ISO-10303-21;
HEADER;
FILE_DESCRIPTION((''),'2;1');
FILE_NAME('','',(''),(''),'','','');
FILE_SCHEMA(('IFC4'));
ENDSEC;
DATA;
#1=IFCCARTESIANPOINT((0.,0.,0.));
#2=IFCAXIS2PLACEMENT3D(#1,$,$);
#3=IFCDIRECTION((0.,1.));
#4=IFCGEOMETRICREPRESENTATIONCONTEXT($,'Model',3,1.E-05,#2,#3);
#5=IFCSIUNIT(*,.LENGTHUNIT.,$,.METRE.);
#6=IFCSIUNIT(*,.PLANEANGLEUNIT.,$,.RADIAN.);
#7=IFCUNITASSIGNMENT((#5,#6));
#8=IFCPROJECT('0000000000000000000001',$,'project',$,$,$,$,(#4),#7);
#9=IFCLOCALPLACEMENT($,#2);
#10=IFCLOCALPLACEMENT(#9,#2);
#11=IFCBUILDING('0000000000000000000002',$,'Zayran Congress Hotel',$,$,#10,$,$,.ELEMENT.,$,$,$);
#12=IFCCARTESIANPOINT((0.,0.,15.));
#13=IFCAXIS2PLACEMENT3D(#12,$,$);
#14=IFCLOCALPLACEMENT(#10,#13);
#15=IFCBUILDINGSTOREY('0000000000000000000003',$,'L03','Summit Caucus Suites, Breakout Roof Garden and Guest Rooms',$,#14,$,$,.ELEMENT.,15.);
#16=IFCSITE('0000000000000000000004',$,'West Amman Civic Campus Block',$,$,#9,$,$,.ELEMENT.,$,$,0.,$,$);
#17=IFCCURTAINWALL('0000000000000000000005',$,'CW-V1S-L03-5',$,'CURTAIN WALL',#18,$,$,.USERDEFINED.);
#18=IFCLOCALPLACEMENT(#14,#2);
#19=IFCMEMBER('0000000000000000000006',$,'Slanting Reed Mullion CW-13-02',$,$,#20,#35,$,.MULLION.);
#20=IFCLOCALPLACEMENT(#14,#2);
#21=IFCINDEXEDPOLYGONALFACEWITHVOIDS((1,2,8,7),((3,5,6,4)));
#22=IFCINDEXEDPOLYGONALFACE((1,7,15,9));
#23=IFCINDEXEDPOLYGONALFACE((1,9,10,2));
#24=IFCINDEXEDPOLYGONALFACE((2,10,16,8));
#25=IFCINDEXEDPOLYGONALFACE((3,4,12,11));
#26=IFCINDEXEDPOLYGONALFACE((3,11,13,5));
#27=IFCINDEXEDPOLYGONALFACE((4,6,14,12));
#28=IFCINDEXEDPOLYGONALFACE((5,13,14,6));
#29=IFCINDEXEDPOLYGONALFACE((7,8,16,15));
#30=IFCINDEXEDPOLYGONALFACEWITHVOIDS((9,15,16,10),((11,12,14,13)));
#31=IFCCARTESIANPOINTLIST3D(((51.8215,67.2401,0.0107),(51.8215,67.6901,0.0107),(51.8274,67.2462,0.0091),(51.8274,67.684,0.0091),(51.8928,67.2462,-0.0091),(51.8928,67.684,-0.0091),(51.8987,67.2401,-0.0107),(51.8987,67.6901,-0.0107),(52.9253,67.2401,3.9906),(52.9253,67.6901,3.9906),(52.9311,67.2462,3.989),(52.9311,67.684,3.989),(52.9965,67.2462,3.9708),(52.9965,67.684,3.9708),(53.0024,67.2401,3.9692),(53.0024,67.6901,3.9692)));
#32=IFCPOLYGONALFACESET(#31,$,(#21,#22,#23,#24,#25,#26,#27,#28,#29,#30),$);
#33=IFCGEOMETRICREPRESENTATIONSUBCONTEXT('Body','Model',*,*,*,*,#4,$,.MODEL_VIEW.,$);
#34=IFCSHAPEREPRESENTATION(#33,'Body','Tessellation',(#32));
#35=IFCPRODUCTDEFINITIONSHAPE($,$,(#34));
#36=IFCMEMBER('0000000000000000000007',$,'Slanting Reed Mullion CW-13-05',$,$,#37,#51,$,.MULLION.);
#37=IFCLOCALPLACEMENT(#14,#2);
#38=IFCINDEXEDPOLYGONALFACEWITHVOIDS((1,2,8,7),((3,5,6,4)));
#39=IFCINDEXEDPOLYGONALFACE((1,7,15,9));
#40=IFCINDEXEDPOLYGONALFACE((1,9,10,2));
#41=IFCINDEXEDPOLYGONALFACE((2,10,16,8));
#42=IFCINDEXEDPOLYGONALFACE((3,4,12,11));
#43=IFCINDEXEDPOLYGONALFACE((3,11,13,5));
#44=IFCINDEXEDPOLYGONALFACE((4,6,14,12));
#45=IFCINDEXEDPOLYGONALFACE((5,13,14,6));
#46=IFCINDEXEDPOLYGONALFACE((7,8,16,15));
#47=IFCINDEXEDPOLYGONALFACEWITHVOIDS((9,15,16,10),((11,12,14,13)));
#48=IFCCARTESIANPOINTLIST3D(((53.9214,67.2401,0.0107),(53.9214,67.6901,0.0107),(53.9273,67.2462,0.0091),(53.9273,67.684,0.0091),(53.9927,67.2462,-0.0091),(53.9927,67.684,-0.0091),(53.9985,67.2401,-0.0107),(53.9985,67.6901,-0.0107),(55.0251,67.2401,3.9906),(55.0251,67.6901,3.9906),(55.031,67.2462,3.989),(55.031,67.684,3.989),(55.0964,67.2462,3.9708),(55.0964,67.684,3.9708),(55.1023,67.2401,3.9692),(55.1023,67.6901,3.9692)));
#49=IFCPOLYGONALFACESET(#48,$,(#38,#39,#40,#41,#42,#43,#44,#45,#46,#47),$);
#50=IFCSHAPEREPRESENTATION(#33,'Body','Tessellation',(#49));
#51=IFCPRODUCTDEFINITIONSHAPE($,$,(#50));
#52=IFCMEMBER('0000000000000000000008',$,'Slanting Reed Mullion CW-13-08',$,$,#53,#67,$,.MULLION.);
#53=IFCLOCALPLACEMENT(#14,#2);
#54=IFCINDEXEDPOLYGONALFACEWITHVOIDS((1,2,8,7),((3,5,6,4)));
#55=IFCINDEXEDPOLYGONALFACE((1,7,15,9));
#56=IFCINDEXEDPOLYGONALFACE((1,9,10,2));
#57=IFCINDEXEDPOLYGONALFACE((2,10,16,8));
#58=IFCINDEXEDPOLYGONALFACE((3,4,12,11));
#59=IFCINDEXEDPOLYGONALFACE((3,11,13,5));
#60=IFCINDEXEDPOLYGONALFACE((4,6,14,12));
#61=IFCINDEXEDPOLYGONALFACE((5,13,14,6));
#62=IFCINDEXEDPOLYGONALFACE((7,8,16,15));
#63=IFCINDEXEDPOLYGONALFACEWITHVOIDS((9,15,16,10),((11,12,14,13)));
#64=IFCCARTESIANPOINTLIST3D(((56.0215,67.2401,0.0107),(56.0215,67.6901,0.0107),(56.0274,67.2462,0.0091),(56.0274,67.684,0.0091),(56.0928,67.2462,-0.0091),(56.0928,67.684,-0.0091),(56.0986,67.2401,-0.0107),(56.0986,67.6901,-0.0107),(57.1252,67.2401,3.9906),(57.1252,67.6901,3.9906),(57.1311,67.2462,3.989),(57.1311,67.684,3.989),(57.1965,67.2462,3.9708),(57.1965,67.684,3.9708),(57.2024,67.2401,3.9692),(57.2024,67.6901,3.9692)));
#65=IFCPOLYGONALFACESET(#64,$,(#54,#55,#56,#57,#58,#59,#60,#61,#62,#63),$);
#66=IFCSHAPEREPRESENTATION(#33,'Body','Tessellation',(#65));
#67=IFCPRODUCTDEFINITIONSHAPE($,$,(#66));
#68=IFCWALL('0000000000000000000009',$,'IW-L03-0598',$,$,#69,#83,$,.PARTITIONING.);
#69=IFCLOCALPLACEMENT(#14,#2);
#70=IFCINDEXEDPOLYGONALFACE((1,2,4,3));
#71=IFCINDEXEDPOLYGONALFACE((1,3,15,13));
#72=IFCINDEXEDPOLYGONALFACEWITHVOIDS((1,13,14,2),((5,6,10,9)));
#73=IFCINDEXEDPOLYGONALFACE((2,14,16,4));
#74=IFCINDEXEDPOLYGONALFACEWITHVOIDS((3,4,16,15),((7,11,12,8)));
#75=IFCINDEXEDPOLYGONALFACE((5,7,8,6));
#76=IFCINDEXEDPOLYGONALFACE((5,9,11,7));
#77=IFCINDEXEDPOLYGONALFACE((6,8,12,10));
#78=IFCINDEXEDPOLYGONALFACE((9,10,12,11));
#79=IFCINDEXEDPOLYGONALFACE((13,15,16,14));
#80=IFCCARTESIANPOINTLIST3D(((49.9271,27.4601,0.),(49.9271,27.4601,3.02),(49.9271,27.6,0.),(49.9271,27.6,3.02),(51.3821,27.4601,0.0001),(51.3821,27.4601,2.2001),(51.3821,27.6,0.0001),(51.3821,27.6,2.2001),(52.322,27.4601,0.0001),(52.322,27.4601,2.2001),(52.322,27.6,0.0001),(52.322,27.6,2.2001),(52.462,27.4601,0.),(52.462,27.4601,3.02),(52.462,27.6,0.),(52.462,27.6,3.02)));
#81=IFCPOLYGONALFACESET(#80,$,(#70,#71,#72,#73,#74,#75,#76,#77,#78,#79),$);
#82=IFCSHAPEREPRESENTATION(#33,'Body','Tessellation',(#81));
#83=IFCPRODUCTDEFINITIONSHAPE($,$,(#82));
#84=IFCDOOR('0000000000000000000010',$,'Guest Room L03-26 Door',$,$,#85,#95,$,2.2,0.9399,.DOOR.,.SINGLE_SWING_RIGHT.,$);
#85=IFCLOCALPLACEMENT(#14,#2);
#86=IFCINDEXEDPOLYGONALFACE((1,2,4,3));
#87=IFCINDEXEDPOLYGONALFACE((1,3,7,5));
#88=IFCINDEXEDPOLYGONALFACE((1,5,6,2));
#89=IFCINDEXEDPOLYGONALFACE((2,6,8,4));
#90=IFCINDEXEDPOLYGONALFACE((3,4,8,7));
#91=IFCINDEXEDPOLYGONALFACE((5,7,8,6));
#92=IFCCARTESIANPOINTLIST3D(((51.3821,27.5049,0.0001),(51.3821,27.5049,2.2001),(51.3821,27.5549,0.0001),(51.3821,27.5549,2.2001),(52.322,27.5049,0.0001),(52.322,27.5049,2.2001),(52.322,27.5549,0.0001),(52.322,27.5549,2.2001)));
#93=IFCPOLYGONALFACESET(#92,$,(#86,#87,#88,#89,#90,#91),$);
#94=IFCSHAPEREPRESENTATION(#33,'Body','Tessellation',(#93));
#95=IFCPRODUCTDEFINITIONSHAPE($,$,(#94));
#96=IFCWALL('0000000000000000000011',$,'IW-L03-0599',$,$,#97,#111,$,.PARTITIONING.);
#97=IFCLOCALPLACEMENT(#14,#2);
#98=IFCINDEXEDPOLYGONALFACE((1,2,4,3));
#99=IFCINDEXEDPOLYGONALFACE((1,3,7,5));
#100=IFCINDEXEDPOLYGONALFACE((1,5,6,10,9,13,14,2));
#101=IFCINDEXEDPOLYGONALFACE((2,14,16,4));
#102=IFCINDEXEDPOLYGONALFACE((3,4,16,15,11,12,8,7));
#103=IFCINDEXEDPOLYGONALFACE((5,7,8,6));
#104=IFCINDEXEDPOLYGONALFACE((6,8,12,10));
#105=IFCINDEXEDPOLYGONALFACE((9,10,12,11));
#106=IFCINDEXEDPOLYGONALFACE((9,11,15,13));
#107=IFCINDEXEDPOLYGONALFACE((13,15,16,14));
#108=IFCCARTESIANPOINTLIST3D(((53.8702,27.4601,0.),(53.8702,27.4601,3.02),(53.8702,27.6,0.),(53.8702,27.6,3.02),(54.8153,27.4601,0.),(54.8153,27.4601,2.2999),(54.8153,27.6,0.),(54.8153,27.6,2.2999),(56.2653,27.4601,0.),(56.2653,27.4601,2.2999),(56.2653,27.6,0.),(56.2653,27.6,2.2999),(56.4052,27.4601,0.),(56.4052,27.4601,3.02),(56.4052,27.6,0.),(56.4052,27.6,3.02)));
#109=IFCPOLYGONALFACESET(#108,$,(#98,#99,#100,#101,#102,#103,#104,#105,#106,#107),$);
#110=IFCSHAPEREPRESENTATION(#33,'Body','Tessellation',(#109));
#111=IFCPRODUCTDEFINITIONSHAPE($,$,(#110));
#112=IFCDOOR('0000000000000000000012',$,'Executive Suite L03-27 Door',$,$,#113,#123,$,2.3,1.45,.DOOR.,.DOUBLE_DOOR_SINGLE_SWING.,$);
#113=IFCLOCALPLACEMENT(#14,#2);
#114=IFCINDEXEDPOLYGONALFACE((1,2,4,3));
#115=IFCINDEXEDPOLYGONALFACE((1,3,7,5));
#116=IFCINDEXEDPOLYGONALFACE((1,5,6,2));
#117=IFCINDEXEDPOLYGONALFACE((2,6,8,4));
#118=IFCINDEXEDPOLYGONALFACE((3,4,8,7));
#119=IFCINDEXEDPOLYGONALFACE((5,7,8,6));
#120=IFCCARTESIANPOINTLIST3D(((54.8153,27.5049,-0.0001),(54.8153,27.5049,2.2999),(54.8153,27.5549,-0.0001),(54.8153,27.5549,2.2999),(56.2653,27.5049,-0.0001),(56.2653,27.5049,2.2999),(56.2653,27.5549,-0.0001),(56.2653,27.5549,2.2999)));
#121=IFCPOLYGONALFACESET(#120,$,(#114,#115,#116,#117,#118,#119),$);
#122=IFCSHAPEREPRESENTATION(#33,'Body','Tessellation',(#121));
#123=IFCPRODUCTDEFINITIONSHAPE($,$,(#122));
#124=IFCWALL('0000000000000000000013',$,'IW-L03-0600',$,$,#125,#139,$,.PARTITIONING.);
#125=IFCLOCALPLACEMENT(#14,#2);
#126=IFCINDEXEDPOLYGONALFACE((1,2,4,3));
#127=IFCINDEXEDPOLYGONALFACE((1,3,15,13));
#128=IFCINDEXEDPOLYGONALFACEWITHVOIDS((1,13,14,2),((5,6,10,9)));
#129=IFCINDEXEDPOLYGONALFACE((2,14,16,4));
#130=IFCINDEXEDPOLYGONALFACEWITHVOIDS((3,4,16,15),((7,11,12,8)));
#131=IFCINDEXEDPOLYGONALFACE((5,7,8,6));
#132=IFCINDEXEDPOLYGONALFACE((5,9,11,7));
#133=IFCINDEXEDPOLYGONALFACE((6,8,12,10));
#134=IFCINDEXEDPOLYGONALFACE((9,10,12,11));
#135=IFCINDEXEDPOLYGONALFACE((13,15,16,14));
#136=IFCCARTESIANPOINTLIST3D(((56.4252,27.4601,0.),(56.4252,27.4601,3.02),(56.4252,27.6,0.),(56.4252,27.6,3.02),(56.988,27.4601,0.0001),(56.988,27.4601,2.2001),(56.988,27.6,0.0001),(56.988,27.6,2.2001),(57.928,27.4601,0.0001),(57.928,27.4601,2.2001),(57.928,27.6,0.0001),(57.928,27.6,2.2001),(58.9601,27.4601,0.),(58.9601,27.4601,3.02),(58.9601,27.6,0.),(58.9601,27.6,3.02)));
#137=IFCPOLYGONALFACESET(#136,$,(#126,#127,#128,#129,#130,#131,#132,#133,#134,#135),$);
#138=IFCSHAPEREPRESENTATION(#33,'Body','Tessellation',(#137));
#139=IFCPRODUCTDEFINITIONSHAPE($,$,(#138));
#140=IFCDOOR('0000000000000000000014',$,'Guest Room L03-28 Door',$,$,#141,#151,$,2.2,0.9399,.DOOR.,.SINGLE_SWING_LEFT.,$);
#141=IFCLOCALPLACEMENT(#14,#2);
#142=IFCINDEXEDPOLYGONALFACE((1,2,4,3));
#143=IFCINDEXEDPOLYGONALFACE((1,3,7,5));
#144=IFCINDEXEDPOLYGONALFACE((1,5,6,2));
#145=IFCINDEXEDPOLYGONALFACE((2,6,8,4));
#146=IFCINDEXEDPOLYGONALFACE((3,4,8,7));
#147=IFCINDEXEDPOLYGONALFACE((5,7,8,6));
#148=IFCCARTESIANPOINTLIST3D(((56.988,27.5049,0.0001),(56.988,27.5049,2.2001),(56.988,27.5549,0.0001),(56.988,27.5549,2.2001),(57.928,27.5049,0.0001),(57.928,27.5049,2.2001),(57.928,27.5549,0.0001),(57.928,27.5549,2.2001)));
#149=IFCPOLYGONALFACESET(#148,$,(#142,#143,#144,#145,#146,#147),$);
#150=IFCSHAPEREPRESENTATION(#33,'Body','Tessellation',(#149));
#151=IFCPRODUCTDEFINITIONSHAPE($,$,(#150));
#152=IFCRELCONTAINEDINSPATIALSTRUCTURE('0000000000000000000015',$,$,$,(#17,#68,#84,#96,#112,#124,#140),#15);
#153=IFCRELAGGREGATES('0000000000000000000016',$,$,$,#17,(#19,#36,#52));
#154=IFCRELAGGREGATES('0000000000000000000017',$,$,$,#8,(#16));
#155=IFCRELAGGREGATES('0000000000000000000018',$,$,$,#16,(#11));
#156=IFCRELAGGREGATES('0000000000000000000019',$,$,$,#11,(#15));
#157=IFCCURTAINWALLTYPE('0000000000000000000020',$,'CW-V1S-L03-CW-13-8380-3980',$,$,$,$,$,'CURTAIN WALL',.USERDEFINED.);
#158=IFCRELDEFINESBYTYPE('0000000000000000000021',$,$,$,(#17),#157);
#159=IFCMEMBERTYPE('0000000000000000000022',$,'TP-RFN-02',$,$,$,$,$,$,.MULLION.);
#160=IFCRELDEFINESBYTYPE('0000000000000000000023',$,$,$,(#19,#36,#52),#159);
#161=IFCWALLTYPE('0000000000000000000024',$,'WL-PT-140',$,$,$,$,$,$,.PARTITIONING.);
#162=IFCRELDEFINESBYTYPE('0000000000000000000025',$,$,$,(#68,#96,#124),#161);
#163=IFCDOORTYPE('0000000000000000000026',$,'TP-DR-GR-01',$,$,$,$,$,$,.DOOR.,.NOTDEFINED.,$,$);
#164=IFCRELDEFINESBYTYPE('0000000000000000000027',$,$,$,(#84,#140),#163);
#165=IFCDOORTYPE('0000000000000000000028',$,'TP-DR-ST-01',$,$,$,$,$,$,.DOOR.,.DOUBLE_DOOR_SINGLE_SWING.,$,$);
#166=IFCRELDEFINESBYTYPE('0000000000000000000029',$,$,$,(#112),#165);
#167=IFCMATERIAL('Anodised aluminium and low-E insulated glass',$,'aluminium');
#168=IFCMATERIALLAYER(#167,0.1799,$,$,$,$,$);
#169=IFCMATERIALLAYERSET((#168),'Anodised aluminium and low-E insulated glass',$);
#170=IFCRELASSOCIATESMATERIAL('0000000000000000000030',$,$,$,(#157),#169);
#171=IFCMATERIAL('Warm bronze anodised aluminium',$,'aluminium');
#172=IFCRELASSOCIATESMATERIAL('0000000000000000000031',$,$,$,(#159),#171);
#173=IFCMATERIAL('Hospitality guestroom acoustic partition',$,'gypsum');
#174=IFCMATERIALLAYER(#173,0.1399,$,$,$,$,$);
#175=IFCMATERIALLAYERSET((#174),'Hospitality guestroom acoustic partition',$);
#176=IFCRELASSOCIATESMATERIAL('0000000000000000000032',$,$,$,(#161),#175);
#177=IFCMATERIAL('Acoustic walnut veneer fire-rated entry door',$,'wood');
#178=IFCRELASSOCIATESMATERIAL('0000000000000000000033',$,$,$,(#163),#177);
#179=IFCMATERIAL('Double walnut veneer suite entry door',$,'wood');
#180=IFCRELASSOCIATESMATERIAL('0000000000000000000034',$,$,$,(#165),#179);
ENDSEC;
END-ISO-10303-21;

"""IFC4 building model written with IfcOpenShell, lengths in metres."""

from ifc_helpers import new_model, si_unit, direction, frame, frame_2d, origin, origin_2d, place, context, subcontext, project, spatial, rectangle, hollow_rectangle, extrude, material, layer, layer_set, material_profile, profile_set, type_object, element, fill, aggregate, save


model = new_model("IFC4")

# Units and contexts
model_context = context("Model", 3, precision=1e-05, world=origin(), true_north=direction((0.0, 1.0)))
body_context = subcontext(model_context, "Body", "Model", "MODEL_VIEW")
ifc_project = project(units=[si_unit("LENGTHUNIT", "METRE"), si_unit("PLANEANGLEUNIT", "RADIAN")], contexts=[model_context])

# Site, building, storey
site_placement = place(None, origin())
site = spatial("IfcSite", under=ifc_project, at=site_placement, Name="West Amman Civic Campus Block", CompositionType="ELEMENT", RefElevation=0.0)
building_placement = place(site_placement, origin())
building = spatial("IfcBuilding", under=site, at=building_placement, Name="Zayran Congress Hotel", CompositionType="ELEMENT")
storey_placement = place(building_placement, frame((0.0, 0.0, 15.0)))
storey = spatial("IfcBuildingStorey", under=building, at=storey_placement, Name="L03", Description="Summit Caucus Suites, Breakout Roof Garden and Guest Rooms", CompositionType="ELEMENT", Elevation=15.0)

# Curtain wall
ifc_material_1 = material(Name="Anodised aluminium and low-E insulated glass", Category="aluminium")
ifc_material_2 = material(Name="Warm bronze anodised aluminium", Category="aluminium")
ifc_layer_1 = layer(ifc_material_1, 0.1799)
ifc_layer_set_1 = layer_set([ifc_layer_1], Name="Anodised aluminium and low-E insulated glass")
curtain_wall_type_1 = type_object("IfcCurtainWallType", Name="CW-V1S-L03-CW-13-8380-3980", ElementType="CURTAIN WALL", PredefinedType="USERDEFINED", material=ifc_layer_set_1)
curtain_wall_1_placement = place(storey_placement, origin())
curtain_wall_1 = element("IfcCurtainWall", 1, at=curtain_wall_1_placement, inside=storey, type_object=curtain_wall_type_1, Name="CW-V1S-L03-5", ObjectType="CURTAIN WALL", PredefinedType="USERDEFINED")

# Members
ifc_material_profile_1 = material_profile(ifc_material_2, hollow_rectangle(XDim=0.0801, YDim=0.45, WallThickness=0.0061, at=origin_2d()), Name="RHS 450x80x6")
ifc_profile_set_1 = profile_set([ifc_material_profile_1], Name="Warm bronze anodised aluminium")
member_type_1 = type_object("IfcMemberType", Name="TP-RFN-02", PredefinedType="MULLION", material=ifc_profile_set_1)
member_1_placement = place(storey_placement, frame((51.8601, 67.4651, 0.0), z_axis=(0.267241, 0.0, 0.96363), x_axis=(-0.96363, 0.0, 0.267241)))
member_1 = element("IfcMember", 2, at=member_1_placement, type_object=member_type_1, Name="Slanting Reed Mullion CW-13-02", PredefinedType="MULLION", context=body_context, shape_type="SweptSolid", body=[
    extrude(hollow_rectangle(XDim=0.0801, YDim=0.45, WallThickness=0.0061, at=origin_2d()), origin(), (0.0, 0.0, 1.0), 4.1301),
])
member_2_placement = place(storey_placement, frame((53.96, 67.4651, 0.0), z_axis=(0.267241, 0.0, 0.96363), x_axis=(-0.96363, 0.0, 0.267241)))
member_2 = element("IfcMember", 3, at=member_2_placement, type_object=member_type_1, Name="Slanting Reed Mullion CW-13-05", PredefinedType="MULLION", context=body_context, shape_type="SweptSolid", body=[
    extrude(hollow_rectangle(XDim=0.0801, YDim=0.45, WallThickness=0.0061, at=origin_2d()), origin(), (0.0, 0.0, 1.0), 4.1301),
])
member_3_placement = place(storey_placement, frame((56.0601, 67.4651, 0.0), z_axis=(0.267241, 0.0, 0.96363), x_axis=(-0.96363, 0.0, 0.267241)))
member_3 = element("IfcMember", 4, at=member_3_placement, type_object=member_type_1, Name="Slanting Reed Mullion CW-13-08", PredefinedType="MULLION", context=body_context, shape_type="SweptSolid", body=[
    extrude(hollow_rectangle(XDim=0.0801, YDim=0.45, WallThickness=0.0061, at=origin_2d()), origin(), (0.0, 0.0, 1.0), 4.1301),
])
aggregate(curtain_wall_1, [member_1, member_2, member_3])

# Walls, openings, doors
ifc_material_3 = material(Name="Hospitality guestroom acoustic partition", Category="gypsum")
ifc_layer_2 = layer(ifc_material_3, 0.1399)
ifc_layer_set_2 = layer_set([ifc_layer_2], Name="Hospitality guestroom acoustic partition")
wall_type_1 = type_object("IfcWallType", Name="WL-PT-140", PredefinedType="PARTITIONING", material=ifc_layer_set_2)
wall_1_placement = place(storey_placement, frame((49.927, 27.53, 0.0), z_axis=(0.0, 0.0, 1.0), x_axis=(1.0, 0.0, 0.0)))
wall_1 = element("IfcWall", 5, at=wall_1_placement, inside=storey, type_object=wall_type_1, Name="IW-L03-0598", PredefinedType="PARTITIONING", context=body_context, shape_type="SweptSolid", body=[
    extrude(rectangle(XDim=2.5349, YDim=0.1399, at=frame_2d((1.2676, 0.0))), origin(), (0.0, 0.0, 1.0), 3.02),
])
opening_1_placement = place(wall_1_placement, frame((1.4551, 0.0, 0.0)))
opening_1 = element("IfcOpeningElement", 6, at=opening_1_placement, cuts=wall_1, PredefinedType="OPENING", context=body_context, shape_type="SweptSolid", body=[
    extrude(rectangle(XDim=0.9399, YDim=2.2, at=frame_2d((0.47, 1.1001))), frame((0.0, 0.0798, 0.0), z_axis=(0.0, -1.0, 0.0), x_axis=(1.0, 0.0, 0.0)), (0.0, 0.0, 1.0), 0.1599),
])
ifc_material_4 = material(Name="Acoustic walnut veneer fire-rated entry door", Category="wood")
door_type_1 = type_object("IfcDoorType", Name="TP-DR-GR-01", OperationType="NOTDEFINED", PredefinedType="DOOR", material=ifc_material_4)
door_1_placement = place(opening_1_placement, origin())
door_1 = element("IfcDoor", 7, at=door_1_placement, inside=storey, type_object=door_type_1, Name="Guest Room L03-26 Door", OperationType="SINGLE_SWING_RIGHT", OverallHeight=2.2, OverallWidth=0.9399, PredefinedType="DOOR", context=body_context, shape_type="SweptSolid", body=[
    extrude(rectangle(XDim=0.9399, YDim=2.2, at=frame_2d((0.47, 1.1001))), frame((0.0, 0.0249, 0.0), z_axis=(0.0, -1.0, 0.0), x_axis=(1.0, 0.0, 0.0)), (0.0, 0.0, 1.0), 0.05),
])
fill(opening_1, door_1)
wall_2_placement = place(storey_placement, frame((53.8701, 27.53, 0.0), z_axis=(0.0, 0.0, 1.0), x_axis=(1.0, 0.0, 0.0)))
wall_2 = element("IfcWall", 8, at=wall_2_placement, inside=storey, type_object=wall_type_1, Name="IW-L03-0599", PredefinedType="PARTITIONING", context=body_context, shape_type="SweptSolid", body=[
    extrude(rectangle(XDim=2.5349, YDim=0.1399, at=frame_2d((1.2676, 0.0))), origin(), (0.0, 0.0, 1.0), 3.02),
])
opening_2_placement = place(wall_2_placement, frame((0.9451, 0.0, 0.0)))
opening_2 = element("IfcOpeningElement", 9, at=opening_2_placement, cuts=wall_2, PredefinedType="OPENING", context=body_context, shape_type="SweptSolid", body=[
    extrude(rectangle(XDim=1.45, YDim=2.3, at=frame_2d((0.7251, 1.1499))), frame((0.0, 0.0798, 0.0), z_axis=(0.0, -1.0, 0.0), x_axis=(1.0, 0.0, 0.0)), (0.0, 0.0, 1.0), 0.1599),
])
ifc_material_5 = material(Name="Double walnut veneer suite entry door", Category="wood")
door_type_2 = type_object("IfcDoorType", Name="TP-DR-ST-01", OperationType="DOUBLE_DOOR_SINGLE_SWING", PredefinedType="DOOR", material=ifc_material_5)
door_2_placement = place(opening_2_placement, origin())
door_2 = element("IfcDoor", 10, at=door_2_placement, inside=storey, type_object=door_type_2, Name="Executive Suite L03-27 Door", OperationType="DOUBLE_DOOR_SINGLE_SWING", OverallHeight=2.3, OverallWidth=1.45, PredefinedType="DOOR", context=body_context, shape_type="SweptSolid", body=[
    extrude(rectangle(XDim=1.45, YDim=2.3, at=frame_2d((0.7251, 1.1499))), frame((0.0, 0.0249, 0.0), z_axis=(0.0, -1.0, 0.0), x_axis=(1.0, 0.0, 0.0)), (0.0, 0.0, 1.0), 0.05),
])
fill(opening_2, door_2)
wall_3_placement = place(storey_placement, frame((56.425, 27.53, 0.0), z_axis=(0.0, 0.0, 1.0), x_axis=(1.0, 0.0, 0.0)))
wall_3 = element("IfcWall", 11, at=wall_3_placement, inside=storey, type_object=wall_type_1, Name="IW-L03-0600", PredefinedType="PARTITIONING", context=body_context, shape_type="SweptSolid", body=[
    extrude(rectangle(XDim=2.5349, YDim=0.1399, at=frame_2d((1.2676, 0.0))), origin(), (0.0, 0.0, 1.0), 3.02),
])
opening_3_placement = place(wall_3_placement, frame((0.563, 0.0, 0.0)))
opening_3 = element("IfcOpeningElement", 12, at=opening_3_placement, cuts=wall_3, PredefinedType="OPENING", context=body_context, shape_type="SweptSolid", body=[
    extrude(rectangle(XDim=0.9399, YDim=2.2, at=frame_2d((0.47, 1.1001))), frame((0.0, 0.0798, 0.0), z_axis=(0.0, -1.0, 0.0), x_axis=(1.0, 0.0, 0.0)), (0.0, 0.0, 1.0), 0.1599),
])
door_3_placement = place(opening_3_placement, origin())
door_3 = element("IfcDoor", 13, at=door_3_placement, inside=storey, type_object=door_type_1, Name="Guest Room L03-28 Door", OperationType="SINGLE_SWING_LEFT", OverallHeight=2.2, OverallWidth=0.9399, PredefinedType="DOOR", context=body_context, shape_type="SweptSolid", body=[
    extrude(rectangle(XDim=0.9399, YDim=2.2, at=frame_2d((0.47, 1.1001))), frame((0.0, 0.0249, 0.0), z_axis=(0.0, -1.0, 0.0), x_axis=(1.0, 0.0, 0.0)), (0.0, 0.0, 1.0), 0.05),
])
fill(opening_3, door_3)

save(model, "model.ifc")
